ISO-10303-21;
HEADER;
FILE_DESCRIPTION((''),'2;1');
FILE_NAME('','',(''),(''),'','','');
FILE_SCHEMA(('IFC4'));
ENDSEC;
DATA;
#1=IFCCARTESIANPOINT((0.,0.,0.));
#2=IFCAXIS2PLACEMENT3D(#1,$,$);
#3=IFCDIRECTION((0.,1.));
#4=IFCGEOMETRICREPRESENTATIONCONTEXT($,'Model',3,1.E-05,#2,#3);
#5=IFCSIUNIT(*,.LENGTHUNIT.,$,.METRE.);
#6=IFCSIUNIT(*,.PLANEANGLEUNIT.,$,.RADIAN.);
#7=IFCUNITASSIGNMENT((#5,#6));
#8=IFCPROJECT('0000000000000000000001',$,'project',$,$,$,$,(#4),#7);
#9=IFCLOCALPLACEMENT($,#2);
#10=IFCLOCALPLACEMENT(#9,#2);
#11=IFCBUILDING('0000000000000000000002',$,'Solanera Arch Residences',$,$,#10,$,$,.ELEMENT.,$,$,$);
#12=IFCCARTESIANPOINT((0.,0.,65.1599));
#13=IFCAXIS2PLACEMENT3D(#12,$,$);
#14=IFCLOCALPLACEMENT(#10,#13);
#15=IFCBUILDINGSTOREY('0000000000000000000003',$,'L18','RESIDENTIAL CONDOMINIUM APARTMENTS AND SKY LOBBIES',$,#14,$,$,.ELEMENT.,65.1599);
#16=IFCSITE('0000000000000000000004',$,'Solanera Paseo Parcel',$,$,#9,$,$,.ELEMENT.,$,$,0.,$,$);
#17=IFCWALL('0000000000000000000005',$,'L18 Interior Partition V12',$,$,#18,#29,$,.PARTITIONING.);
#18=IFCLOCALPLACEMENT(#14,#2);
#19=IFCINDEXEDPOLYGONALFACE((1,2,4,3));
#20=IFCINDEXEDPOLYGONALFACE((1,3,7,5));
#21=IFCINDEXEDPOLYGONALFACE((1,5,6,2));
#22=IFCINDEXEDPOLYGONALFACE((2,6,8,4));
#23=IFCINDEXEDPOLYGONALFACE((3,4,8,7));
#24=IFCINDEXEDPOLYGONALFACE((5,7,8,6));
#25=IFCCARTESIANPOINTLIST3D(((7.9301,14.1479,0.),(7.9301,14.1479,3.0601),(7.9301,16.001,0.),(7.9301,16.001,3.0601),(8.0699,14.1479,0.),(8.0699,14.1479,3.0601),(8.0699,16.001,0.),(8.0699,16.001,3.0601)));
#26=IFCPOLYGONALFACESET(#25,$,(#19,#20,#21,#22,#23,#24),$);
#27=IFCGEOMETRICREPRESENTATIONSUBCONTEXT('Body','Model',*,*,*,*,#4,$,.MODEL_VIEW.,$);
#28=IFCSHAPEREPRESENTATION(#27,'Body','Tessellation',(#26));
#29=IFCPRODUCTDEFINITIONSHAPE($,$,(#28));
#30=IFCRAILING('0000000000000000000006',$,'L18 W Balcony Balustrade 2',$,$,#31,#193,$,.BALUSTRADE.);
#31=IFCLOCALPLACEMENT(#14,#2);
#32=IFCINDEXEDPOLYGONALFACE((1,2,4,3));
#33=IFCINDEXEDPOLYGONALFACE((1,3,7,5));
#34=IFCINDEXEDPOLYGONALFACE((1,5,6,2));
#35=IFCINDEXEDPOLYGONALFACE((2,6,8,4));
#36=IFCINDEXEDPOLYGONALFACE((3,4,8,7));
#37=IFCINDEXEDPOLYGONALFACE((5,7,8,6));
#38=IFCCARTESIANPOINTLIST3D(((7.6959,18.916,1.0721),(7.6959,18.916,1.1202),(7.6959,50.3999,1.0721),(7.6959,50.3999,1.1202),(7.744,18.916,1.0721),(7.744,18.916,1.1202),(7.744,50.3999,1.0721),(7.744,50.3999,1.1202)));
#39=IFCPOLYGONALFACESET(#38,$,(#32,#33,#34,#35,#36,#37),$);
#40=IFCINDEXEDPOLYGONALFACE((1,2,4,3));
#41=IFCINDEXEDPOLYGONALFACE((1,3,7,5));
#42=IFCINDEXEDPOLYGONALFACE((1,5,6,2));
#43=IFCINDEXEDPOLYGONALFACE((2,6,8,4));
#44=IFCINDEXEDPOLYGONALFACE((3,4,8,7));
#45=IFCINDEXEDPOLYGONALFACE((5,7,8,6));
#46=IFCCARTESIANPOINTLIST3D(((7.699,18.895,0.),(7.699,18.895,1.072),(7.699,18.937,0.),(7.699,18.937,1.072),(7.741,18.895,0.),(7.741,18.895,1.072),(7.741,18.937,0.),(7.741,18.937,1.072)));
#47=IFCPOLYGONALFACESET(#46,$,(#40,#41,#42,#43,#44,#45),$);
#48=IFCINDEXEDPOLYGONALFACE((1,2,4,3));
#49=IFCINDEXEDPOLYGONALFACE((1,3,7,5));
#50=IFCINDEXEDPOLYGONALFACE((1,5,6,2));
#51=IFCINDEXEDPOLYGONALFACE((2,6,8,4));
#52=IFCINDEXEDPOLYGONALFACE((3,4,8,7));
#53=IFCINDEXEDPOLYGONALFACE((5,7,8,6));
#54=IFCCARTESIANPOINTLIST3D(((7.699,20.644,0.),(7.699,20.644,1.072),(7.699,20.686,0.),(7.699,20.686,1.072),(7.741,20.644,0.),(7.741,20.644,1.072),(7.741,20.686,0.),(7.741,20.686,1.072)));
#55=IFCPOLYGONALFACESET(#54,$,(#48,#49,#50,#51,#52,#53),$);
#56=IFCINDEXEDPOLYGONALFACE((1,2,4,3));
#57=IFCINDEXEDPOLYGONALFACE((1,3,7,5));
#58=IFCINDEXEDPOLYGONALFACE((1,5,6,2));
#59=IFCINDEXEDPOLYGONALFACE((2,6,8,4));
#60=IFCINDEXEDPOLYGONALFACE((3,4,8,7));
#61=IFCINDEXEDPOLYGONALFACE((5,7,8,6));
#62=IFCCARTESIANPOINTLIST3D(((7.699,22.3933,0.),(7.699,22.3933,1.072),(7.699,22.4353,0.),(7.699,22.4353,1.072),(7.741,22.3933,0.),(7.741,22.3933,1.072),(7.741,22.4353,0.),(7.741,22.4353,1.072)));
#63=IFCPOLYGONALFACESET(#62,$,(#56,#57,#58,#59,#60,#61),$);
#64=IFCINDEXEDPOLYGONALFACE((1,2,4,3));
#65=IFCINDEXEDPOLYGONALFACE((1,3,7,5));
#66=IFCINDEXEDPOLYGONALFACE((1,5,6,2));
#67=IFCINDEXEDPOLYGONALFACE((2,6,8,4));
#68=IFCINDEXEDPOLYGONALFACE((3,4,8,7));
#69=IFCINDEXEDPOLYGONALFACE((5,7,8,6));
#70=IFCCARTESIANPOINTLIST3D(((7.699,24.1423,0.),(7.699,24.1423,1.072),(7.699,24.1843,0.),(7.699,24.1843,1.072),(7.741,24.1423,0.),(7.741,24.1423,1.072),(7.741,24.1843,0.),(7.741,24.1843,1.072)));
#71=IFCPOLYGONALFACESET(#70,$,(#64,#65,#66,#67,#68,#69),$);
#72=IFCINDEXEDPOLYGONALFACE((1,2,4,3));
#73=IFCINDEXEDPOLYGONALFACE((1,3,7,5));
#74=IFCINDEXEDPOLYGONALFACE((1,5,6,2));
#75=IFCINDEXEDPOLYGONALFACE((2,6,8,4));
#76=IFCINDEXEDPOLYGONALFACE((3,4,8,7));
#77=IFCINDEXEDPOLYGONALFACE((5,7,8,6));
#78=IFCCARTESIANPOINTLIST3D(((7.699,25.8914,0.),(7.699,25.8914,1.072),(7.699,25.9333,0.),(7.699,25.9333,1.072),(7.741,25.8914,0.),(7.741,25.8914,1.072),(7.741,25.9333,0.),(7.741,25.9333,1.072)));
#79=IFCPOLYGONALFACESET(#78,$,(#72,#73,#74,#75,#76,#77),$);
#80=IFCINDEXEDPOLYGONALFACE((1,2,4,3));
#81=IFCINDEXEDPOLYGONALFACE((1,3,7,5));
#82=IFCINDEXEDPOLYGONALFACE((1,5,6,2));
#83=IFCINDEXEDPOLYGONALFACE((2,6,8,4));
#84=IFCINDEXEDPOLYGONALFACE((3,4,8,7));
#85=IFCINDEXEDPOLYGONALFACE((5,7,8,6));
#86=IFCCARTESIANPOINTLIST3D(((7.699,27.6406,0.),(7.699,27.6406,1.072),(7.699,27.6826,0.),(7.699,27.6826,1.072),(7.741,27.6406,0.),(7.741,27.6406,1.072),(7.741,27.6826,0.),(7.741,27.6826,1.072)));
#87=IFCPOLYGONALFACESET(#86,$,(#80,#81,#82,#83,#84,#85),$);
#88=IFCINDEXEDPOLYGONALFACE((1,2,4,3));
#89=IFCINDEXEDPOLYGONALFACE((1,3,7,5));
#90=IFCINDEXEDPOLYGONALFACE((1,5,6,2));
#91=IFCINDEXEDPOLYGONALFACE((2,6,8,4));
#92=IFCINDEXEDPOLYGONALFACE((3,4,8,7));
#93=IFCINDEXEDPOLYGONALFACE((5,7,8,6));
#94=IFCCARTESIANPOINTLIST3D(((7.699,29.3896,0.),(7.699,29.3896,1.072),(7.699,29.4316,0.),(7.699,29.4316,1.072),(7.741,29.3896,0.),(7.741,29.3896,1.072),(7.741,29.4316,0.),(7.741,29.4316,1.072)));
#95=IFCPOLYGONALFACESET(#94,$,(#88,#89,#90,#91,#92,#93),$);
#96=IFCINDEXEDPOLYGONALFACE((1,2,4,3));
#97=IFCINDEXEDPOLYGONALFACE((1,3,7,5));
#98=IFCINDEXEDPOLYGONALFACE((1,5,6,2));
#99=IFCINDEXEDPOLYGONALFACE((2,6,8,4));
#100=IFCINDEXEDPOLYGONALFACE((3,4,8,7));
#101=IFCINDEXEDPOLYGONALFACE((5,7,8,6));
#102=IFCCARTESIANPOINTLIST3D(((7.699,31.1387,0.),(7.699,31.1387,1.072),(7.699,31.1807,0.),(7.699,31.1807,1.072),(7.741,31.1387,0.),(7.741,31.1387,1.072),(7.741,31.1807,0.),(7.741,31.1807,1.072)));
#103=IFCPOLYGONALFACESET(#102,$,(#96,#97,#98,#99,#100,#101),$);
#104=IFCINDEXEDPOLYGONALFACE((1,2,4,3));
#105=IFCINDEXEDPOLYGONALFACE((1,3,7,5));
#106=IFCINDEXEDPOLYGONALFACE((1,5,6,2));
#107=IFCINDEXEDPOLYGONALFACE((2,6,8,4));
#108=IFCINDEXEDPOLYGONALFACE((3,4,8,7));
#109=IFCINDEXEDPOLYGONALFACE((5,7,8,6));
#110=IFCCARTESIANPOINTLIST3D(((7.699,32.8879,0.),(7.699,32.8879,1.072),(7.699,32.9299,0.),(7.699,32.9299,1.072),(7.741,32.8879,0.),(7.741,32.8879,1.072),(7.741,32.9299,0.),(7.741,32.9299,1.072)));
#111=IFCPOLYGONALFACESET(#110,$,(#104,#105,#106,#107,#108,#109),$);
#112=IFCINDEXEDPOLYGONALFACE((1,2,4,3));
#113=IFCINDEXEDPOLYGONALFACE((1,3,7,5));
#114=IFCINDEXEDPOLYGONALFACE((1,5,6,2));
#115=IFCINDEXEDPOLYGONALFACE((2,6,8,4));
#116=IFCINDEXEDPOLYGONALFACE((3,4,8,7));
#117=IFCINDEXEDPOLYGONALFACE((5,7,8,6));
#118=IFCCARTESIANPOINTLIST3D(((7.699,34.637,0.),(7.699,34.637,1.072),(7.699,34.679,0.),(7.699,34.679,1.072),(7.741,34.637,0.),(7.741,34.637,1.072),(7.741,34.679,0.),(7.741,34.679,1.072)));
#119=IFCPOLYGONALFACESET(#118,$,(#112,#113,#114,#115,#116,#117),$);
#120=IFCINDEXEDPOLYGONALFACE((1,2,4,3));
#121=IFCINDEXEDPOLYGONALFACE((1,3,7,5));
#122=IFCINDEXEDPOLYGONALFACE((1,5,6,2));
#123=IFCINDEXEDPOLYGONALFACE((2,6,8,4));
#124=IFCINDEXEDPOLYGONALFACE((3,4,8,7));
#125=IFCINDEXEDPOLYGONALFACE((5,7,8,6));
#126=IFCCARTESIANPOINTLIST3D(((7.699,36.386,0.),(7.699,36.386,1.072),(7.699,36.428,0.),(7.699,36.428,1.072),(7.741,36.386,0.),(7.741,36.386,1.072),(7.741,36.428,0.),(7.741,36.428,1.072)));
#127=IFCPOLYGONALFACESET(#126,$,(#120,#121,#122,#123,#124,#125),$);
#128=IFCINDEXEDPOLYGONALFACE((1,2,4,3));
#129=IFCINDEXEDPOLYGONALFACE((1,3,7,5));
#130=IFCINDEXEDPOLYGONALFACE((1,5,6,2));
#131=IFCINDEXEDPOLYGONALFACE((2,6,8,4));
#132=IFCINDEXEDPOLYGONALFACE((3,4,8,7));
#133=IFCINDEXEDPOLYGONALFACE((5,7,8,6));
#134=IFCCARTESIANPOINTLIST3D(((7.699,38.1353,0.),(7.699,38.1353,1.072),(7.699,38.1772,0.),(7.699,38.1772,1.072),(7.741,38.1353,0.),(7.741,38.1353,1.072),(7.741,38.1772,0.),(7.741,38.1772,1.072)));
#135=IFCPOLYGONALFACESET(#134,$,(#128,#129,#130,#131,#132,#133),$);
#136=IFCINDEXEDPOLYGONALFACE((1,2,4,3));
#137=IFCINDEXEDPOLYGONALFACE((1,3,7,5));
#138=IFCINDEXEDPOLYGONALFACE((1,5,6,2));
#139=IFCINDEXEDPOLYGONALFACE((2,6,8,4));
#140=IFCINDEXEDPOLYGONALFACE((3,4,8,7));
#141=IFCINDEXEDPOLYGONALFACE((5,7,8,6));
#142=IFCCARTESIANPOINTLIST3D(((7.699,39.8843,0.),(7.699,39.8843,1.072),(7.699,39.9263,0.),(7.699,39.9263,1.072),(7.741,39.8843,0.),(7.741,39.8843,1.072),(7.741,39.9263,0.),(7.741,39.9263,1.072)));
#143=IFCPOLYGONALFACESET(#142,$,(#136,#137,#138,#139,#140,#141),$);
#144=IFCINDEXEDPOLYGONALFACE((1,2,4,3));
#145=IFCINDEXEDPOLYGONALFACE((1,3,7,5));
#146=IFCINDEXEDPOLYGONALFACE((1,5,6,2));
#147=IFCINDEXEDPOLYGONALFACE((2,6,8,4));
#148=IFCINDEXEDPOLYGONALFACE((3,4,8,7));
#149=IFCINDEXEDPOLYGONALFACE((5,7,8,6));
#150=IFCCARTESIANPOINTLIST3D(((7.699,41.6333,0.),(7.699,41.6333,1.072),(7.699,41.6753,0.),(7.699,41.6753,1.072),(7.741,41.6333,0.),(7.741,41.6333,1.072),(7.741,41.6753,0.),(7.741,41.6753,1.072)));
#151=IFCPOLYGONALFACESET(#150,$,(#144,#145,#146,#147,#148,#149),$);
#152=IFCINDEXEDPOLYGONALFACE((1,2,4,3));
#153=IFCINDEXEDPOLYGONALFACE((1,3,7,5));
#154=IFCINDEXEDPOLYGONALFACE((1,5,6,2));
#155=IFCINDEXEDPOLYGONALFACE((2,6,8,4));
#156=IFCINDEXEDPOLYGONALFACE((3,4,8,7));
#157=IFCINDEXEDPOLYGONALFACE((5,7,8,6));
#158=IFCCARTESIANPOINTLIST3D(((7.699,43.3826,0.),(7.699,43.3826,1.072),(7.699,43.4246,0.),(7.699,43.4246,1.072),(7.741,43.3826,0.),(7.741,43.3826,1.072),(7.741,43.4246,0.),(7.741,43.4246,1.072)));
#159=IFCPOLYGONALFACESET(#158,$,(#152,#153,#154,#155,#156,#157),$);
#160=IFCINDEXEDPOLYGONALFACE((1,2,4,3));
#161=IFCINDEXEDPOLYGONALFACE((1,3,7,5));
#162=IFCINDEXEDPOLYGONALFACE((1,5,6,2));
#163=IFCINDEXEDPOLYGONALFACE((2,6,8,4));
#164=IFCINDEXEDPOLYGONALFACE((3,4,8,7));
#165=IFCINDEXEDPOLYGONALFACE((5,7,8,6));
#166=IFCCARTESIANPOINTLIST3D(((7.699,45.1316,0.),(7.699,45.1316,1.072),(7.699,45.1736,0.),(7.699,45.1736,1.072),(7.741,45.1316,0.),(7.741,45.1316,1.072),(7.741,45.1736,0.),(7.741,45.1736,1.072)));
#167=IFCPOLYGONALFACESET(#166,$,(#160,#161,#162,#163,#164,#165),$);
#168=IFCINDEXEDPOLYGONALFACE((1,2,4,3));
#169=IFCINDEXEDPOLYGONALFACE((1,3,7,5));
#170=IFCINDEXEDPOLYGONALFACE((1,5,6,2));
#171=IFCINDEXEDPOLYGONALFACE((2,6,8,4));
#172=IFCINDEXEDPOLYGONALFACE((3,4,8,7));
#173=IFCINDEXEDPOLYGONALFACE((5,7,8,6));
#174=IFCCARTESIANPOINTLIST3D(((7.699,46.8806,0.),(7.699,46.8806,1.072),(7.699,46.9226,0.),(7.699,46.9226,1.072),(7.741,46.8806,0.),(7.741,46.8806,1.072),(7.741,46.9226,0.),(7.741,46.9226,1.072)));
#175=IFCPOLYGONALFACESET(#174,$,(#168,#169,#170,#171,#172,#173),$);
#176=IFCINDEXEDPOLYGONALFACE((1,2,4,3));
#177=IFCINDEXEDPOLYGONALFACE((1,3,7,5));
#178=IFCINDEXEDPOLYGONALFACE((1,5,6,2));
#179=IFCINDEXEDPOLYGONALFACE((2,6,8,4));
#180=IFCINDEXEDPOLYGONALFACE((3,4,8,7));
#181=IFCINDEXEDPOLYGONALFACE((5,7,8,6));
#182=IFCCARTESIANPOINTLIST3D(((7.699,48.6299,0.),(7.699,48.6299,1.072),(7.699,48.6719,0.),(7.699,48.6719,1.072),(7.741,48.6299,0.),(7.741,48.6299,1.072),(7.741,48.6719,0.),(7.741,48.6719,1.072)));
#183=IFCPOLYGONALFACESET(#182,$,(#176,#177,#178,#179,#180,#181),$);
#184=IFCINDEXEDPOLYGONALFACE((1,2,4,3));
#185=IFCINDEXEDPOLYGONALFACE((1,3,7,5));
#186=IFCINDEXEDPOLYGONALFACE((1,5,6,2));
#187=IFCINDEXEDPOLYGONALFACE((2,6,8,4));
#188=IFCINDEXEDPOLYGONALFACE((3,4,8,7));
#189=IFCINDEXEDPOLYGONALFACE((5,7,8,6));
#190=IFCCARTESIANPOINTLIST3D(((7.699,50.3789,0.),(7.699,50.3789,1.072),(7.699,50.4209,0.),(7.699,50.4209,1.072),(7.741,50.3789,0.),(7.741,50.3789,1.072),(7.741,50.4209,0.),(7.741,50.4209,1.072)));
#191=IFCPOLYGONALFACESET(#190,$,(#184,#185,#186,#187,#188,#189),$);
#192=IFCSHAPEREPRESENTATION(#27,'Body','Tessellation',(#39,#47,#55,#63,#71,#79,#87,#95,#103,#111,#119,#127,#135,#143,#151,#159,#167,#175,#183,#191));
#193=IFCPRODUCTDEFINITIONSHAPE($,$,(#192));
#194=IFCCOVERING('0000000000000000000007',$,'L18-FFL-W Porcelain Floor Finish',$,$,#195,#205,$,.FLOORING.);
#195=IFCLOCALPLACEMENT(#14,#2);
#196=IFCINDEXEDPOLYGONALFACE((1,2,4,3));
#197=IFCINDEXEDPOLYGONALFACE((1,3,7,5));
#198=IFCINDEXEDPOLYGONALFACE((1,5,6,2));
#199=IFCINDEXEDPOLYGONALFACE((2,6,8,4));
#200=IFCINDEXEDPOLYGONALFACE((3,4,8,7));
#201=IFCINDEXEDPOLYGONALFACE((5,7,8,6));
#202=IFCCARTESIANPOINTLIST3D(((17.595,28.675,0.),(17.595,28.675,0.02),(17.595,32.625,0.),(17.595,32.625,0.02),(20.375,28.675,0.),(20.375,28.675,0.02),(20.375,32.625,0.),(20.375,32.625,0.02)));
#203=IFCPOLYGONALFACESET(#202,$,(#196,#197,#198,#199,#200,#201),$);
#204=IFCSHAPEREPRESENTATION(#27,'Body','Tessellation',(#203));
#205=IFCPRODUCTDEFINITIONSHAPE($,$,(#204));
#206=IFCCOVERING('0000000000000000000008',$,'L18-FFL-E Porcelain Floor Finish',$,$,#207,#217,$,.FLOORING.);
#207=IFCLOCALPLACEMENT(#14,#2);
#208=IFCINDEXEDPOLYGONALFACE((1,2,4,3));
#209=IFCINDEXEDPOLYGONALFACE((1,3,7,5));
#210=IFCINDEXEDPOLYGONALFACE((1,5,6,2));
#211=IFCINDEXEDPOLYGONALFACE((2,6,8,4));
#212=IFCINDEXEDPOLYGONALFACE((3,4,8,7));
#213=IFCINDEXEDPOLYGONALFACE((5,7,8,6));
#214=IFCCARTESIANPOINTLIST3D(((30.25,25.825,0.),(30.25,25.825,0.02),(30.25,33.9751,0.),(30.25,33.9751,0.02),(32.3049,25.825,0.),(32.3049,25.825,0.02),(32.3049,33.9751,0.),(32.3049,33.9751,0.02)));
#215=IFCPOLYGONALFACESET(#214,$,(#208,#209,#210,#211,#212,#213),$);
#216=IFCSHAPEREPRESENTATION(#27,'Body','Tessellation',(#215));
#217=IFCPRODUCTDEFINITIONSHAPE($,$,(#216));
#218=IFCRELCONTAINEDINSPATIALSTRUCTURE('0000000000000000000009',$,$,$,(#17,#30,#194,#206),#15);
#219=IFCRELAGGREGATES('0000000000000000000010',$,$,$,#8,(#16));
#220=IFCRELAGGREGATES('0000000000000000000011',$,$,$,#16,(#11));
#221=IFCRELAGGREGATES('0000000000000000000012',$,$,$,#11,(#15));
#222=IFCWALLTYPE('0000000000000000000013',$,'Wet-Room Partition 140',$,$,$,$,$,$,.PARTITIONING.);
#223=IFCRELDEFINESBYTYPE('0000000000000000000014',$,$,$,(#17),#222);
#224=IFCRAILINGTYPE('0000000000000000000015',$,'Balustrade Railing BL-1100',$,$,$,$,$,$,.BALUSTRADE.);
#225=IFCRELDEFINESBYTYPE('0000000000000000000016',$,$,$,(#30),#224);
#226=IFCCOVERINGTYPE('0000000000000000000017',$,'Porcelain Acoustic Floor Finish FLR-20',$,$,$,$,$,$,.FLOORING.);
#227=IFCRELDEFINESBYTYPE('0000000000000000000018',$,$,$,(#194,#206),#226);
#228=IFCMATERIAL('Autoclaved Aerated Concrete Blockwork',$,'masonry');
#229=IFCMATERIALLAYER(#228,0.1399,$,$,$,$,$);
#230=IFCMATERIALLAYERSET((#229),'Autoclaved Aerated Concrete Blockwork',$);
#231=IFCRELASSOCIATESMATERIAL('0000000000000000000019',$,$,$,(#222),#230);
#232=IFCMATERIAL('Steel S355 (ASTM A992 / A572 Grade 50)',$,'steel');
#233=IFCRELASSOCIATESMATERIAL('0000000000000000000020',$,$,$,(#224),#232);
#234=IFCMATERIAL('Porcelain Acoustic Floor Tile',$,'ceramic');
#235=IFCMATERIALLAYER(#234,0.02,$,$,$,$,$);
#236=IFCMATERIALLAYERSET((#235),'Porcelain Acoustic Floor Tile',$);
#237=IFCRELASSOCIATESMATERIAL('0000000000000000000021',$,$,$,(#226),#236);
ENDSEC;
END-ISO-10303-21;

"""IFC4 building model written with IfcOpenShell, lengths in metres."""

from ifc_helpers import new_model, si_unit, direction, frame, frame_2d, origin, origin_2d, place, context, subcontext, project, spatial, polyline, rectangle, outline, extrude, material, layer, layer_set, type_object, element, save


model = new_model("IFC4")

# Units and contexts
model_context = context("Model", 3, precision=1e-05, world=origin(), true_north=direction((0.0, 1.0)))
body_context = subcontext(model_context, "Body", "Model", "MODEL_VIEW")
ifc_project = project(units=[si_unit("LENGTHUNIT", "METRE"), si_unit("PLANEANGLEUNIT", "RADIAN")], contexts=[model_context])

# Site, building, storey
site_placement = place(None, origin())
site = spatial("IfcSite", under=ifc_project, at=site_placement, Name="Solanera Paseo Parcel", CompositionType="ELEMENT", RefElevation=0.0)
building_placement = place(site_placement, origin())
building = spatial("IfcBuilding", under=site, at=building_placement, Name="Solanera Arch Residences", CompositionType="ELEMENT")
storey_placement = place(building_placement, frame((0.0, 0.0, 65.1599)))
storey = spatial("IfcBuildingStorey", under=building, at=storey_placement, Name="L18", Description="RESIDENTIAL CONDOMINIUM APARTMENTS AND SKY LOBBIES", CompositionType="ELEMENT", Elevation=65.1599)

# Wall
ifc_material_1 = material(Name="Autoclaved Aerated Concrete Blockwork", Category="masonry")
ifc_layer_1 = layer(ifc_material_1, 0.1399)
ifc_layer_set_1 = layer_set([ifc_layer_1], Name="Autoclaved Aerated Concrete Blockwork")
wall_type_1 = type_object("IfcWallType", Name="Wet-Room Partition 140", PredefinedType="PARTITIONING", material=ifc_layer_set_1)
wall_1_placement = place(storey_placement, frame((8.0, 14.1479, 0.0), z_axis=(0.0, 0.0, 1.0), x_axis=(0.0, 1.0, 0.0)))
element("IfcWall", 1, at=wall_1_placement, inside=storey, type_object=wall_type_1, Name="L18 Interior Partition V12", PredefinedType="PARTITIONING", context=body_context, shape_type="SweptSolid", body=[
    extrude(rectangle(XDim=1.853, YDim=0.1399, at=frame_2d((0.9265, 0.0))), origin(), (0.0, 0.0, 1.0), 3.0601),
])

# Railing
ifc_material_2 = material(Name="Steel S355 (ASTM A992 / A572 Grade 50)", Category="steel")
railing_type = type_object("IfcRailingType", Name="Balustrade Railing BL-1100", PredefinedType="BALUSTRADE", material=ifc_material_2)
railing_placement = place(storey_placement, frame((7.72, 18.916, 0.0)))
element("IfcRailing", 2, at=railing_placement, inside=storey, type_object=railing_type, Name="L18 W Balcony Balustrade 2", PredefinedType="BALUSTRADE", context=body_context, shape_type="SweptSolid", body=[
    extrude(rectangle(XDim=0.0481, YDim=0.0481, at=origin_2d()), frame((0.0, 0.0, 1.0962), z_axis=(0.0, 1.0, 0.0), x_axis=(-1.0, 0.0, 0.0)), (0.0, 0.0, 1.0), 31.4839),
    extrude(rectangle(XDim=0.042, YDim=0.042, at=origin_2d()), origin(), (0.0, 0.0, 1.0), 1.072),
    extrude(rectangle(XDim=0.042, YDim=0.042, at=origin_2d()), frame((0.0, 1.749, 0.0)), (0.0, 0.0, 1.0), 1.072),
    extrude(rectangle(XDim=0.042, YDim=0.042, at=origin_2d()), frame((0.0, 3.4983, 0.0)), (0.0, 0.0, 1.0), 1.072),
    extrude(rectangle(XDim=0.042, YDim=0.042, at=origin_2d()), frame((0.0, 5.2473, 0.0)), (0.0, 0.0, 1.0), 1.072),
    extrude(rectangle(XDim=0.042, YDim=0.042, at=origin_2d()), frame((0.0, 6.9963, 0.0)), (0.0, 0.0, 1.0), 1.072),
    extrude(rectangle(XDim=0.042, YDim=0.042, at=origin_2d()), frame((0.0, 8.7456, 0.0)), (0.0, 0.0, 1.0), 1.072),
    extrude(rectangle(XDim=0.042, YDim=0.042, at=origin_2d()), frame((0.0, 10.4946, 0.0)), (0.0, 0.0, 1.0), 1.072),
    extrude(rectangle(XDim=0.042, YDim=0.042, at=origin_2d()), frame((0.0, 12.2437, 0.0)), (0.0, 0.0, 1.0), 1.072),
    extrude(rectangle(XDim=0.042, YDim=0.042, at=origin_2d()), frame((0.0, 13.9929, 0.0)), (0.0, 0.0, 1.0), 1.072),
    extrude(rectangle(XDim=0.042, YDim=0.042, at=origin_2d()), frame((0.0, 15.7419, 0.0)), (0.0, 0.0, 1.0), 1.072),
    extrude(rectangle(XDim=0.042, YDim=0.042, at=origin_2d()), frame((0.0, 17.491, 0.0)), (0.0, 0.0, 1.0), 1.072),
    extrude(rectangle(XDim=0.042, YDim=0.042, at=origin_2d()), frame((0.0, 19.2402, 0.0)), (0.0, 0.0, 1.0), 1.072),
    extrude(rectangle(XDim=0.042, YDim=0.042, at=origin_2d()), frame((0.0, 20.9893, 0.0)), (0.0, 0.0, 1.0), 1.072),
    extrude(rectangle(XDim=0.042, YDim=0.042, at=origin_2d()), frame((0.0, 22.7383, 0.0)), (0.0, 0.0, 1.0), 1.072),
    extrude(rectangle(XDim=0.042, YDim=0.042, at=origin_2d()), frame((0.0, 24.4875, 0.0)), (0.0, 0.0, 1.0), 1.072),
    extrude(rectangle(XDim=0.042, YDim=0.042, at=origin_2d()), frame((0.0, 26.2366, 0.0)), (0.0, 0.0, 1.0), 1.072),
    extrude(rectangle(XDim=0.042, YDim=0.042, at=origin_2d()), frame((0.0, 27.9856, 0.0)), (0.0, 0.0, 1.0), 1.072),
    extrude(rectangle(XDim=0.042, YDim=0.042, at=origin_2d()), frame((0.0, 29.7349, 0.0)), (0.0, 0.0, 1.0), 1.072),
    extrude(rectangle(XDim=0.042, YDim=0.042, at=origin_2d()), frame((0.0, 31.4839, 0.0)), (0.0, 0.0, 1.0), 1.072),
])

# Coverings
ifc_material_3 = material(Name="Porcelain Acoustic Floor Tile", Category="ceramic")
ifc_layer_2 = layer(ifc_material_3, 0.02)
ifc_layer_set_2 = layer_set([ifc_layer_2], Name="Porcelain Acoustic Floor Tile")
covering_type_1 = type_object("IfcCoveringType", Name="Porcelain Acoustic Floor Finish FLR-20", PredefinedType="FLOORING", material=ifc_layer_set_2)
covering_1_placement = place(storey_placement, origin())
element("IfcCovering", 3, at=covering_1_placement, inside=storey, type_object=covering_type_1, Name="L18-FFL-W Porcelain Floor Finish", PredefinedType="FLOORING", context=body_context, shape_type="SweptSolid", body=[
    extrude(outline(polyline([(20.375, 28.675), (17.595, 28.675), (17.595, 32.625), (20.375, 32.625), (20.375, 28.675)])), origin(), (0.0, 0.0, 1.0), 0.02),
])
covering_2_placement = place(storey_placement, origin())
element("IfcCovering", 4, at=covering_2_placement, inside=storey, type_object=covering_type_1, Name="L18-FFL-E Porcelain Floor Finish", PredefinedType="FLOORING", context=body_context, shape_type="SweptSolid", body=[
    extrude(outline(polyline([(32.3049, 25.825), (30.25, 25.825), (30.25, 33.9751), (32.3049, 33.9751), (32.3049, 25.825)])), origin(), (0.0, 0.0, 1.0), 0.02),
])

save(model, "model.ifc")
